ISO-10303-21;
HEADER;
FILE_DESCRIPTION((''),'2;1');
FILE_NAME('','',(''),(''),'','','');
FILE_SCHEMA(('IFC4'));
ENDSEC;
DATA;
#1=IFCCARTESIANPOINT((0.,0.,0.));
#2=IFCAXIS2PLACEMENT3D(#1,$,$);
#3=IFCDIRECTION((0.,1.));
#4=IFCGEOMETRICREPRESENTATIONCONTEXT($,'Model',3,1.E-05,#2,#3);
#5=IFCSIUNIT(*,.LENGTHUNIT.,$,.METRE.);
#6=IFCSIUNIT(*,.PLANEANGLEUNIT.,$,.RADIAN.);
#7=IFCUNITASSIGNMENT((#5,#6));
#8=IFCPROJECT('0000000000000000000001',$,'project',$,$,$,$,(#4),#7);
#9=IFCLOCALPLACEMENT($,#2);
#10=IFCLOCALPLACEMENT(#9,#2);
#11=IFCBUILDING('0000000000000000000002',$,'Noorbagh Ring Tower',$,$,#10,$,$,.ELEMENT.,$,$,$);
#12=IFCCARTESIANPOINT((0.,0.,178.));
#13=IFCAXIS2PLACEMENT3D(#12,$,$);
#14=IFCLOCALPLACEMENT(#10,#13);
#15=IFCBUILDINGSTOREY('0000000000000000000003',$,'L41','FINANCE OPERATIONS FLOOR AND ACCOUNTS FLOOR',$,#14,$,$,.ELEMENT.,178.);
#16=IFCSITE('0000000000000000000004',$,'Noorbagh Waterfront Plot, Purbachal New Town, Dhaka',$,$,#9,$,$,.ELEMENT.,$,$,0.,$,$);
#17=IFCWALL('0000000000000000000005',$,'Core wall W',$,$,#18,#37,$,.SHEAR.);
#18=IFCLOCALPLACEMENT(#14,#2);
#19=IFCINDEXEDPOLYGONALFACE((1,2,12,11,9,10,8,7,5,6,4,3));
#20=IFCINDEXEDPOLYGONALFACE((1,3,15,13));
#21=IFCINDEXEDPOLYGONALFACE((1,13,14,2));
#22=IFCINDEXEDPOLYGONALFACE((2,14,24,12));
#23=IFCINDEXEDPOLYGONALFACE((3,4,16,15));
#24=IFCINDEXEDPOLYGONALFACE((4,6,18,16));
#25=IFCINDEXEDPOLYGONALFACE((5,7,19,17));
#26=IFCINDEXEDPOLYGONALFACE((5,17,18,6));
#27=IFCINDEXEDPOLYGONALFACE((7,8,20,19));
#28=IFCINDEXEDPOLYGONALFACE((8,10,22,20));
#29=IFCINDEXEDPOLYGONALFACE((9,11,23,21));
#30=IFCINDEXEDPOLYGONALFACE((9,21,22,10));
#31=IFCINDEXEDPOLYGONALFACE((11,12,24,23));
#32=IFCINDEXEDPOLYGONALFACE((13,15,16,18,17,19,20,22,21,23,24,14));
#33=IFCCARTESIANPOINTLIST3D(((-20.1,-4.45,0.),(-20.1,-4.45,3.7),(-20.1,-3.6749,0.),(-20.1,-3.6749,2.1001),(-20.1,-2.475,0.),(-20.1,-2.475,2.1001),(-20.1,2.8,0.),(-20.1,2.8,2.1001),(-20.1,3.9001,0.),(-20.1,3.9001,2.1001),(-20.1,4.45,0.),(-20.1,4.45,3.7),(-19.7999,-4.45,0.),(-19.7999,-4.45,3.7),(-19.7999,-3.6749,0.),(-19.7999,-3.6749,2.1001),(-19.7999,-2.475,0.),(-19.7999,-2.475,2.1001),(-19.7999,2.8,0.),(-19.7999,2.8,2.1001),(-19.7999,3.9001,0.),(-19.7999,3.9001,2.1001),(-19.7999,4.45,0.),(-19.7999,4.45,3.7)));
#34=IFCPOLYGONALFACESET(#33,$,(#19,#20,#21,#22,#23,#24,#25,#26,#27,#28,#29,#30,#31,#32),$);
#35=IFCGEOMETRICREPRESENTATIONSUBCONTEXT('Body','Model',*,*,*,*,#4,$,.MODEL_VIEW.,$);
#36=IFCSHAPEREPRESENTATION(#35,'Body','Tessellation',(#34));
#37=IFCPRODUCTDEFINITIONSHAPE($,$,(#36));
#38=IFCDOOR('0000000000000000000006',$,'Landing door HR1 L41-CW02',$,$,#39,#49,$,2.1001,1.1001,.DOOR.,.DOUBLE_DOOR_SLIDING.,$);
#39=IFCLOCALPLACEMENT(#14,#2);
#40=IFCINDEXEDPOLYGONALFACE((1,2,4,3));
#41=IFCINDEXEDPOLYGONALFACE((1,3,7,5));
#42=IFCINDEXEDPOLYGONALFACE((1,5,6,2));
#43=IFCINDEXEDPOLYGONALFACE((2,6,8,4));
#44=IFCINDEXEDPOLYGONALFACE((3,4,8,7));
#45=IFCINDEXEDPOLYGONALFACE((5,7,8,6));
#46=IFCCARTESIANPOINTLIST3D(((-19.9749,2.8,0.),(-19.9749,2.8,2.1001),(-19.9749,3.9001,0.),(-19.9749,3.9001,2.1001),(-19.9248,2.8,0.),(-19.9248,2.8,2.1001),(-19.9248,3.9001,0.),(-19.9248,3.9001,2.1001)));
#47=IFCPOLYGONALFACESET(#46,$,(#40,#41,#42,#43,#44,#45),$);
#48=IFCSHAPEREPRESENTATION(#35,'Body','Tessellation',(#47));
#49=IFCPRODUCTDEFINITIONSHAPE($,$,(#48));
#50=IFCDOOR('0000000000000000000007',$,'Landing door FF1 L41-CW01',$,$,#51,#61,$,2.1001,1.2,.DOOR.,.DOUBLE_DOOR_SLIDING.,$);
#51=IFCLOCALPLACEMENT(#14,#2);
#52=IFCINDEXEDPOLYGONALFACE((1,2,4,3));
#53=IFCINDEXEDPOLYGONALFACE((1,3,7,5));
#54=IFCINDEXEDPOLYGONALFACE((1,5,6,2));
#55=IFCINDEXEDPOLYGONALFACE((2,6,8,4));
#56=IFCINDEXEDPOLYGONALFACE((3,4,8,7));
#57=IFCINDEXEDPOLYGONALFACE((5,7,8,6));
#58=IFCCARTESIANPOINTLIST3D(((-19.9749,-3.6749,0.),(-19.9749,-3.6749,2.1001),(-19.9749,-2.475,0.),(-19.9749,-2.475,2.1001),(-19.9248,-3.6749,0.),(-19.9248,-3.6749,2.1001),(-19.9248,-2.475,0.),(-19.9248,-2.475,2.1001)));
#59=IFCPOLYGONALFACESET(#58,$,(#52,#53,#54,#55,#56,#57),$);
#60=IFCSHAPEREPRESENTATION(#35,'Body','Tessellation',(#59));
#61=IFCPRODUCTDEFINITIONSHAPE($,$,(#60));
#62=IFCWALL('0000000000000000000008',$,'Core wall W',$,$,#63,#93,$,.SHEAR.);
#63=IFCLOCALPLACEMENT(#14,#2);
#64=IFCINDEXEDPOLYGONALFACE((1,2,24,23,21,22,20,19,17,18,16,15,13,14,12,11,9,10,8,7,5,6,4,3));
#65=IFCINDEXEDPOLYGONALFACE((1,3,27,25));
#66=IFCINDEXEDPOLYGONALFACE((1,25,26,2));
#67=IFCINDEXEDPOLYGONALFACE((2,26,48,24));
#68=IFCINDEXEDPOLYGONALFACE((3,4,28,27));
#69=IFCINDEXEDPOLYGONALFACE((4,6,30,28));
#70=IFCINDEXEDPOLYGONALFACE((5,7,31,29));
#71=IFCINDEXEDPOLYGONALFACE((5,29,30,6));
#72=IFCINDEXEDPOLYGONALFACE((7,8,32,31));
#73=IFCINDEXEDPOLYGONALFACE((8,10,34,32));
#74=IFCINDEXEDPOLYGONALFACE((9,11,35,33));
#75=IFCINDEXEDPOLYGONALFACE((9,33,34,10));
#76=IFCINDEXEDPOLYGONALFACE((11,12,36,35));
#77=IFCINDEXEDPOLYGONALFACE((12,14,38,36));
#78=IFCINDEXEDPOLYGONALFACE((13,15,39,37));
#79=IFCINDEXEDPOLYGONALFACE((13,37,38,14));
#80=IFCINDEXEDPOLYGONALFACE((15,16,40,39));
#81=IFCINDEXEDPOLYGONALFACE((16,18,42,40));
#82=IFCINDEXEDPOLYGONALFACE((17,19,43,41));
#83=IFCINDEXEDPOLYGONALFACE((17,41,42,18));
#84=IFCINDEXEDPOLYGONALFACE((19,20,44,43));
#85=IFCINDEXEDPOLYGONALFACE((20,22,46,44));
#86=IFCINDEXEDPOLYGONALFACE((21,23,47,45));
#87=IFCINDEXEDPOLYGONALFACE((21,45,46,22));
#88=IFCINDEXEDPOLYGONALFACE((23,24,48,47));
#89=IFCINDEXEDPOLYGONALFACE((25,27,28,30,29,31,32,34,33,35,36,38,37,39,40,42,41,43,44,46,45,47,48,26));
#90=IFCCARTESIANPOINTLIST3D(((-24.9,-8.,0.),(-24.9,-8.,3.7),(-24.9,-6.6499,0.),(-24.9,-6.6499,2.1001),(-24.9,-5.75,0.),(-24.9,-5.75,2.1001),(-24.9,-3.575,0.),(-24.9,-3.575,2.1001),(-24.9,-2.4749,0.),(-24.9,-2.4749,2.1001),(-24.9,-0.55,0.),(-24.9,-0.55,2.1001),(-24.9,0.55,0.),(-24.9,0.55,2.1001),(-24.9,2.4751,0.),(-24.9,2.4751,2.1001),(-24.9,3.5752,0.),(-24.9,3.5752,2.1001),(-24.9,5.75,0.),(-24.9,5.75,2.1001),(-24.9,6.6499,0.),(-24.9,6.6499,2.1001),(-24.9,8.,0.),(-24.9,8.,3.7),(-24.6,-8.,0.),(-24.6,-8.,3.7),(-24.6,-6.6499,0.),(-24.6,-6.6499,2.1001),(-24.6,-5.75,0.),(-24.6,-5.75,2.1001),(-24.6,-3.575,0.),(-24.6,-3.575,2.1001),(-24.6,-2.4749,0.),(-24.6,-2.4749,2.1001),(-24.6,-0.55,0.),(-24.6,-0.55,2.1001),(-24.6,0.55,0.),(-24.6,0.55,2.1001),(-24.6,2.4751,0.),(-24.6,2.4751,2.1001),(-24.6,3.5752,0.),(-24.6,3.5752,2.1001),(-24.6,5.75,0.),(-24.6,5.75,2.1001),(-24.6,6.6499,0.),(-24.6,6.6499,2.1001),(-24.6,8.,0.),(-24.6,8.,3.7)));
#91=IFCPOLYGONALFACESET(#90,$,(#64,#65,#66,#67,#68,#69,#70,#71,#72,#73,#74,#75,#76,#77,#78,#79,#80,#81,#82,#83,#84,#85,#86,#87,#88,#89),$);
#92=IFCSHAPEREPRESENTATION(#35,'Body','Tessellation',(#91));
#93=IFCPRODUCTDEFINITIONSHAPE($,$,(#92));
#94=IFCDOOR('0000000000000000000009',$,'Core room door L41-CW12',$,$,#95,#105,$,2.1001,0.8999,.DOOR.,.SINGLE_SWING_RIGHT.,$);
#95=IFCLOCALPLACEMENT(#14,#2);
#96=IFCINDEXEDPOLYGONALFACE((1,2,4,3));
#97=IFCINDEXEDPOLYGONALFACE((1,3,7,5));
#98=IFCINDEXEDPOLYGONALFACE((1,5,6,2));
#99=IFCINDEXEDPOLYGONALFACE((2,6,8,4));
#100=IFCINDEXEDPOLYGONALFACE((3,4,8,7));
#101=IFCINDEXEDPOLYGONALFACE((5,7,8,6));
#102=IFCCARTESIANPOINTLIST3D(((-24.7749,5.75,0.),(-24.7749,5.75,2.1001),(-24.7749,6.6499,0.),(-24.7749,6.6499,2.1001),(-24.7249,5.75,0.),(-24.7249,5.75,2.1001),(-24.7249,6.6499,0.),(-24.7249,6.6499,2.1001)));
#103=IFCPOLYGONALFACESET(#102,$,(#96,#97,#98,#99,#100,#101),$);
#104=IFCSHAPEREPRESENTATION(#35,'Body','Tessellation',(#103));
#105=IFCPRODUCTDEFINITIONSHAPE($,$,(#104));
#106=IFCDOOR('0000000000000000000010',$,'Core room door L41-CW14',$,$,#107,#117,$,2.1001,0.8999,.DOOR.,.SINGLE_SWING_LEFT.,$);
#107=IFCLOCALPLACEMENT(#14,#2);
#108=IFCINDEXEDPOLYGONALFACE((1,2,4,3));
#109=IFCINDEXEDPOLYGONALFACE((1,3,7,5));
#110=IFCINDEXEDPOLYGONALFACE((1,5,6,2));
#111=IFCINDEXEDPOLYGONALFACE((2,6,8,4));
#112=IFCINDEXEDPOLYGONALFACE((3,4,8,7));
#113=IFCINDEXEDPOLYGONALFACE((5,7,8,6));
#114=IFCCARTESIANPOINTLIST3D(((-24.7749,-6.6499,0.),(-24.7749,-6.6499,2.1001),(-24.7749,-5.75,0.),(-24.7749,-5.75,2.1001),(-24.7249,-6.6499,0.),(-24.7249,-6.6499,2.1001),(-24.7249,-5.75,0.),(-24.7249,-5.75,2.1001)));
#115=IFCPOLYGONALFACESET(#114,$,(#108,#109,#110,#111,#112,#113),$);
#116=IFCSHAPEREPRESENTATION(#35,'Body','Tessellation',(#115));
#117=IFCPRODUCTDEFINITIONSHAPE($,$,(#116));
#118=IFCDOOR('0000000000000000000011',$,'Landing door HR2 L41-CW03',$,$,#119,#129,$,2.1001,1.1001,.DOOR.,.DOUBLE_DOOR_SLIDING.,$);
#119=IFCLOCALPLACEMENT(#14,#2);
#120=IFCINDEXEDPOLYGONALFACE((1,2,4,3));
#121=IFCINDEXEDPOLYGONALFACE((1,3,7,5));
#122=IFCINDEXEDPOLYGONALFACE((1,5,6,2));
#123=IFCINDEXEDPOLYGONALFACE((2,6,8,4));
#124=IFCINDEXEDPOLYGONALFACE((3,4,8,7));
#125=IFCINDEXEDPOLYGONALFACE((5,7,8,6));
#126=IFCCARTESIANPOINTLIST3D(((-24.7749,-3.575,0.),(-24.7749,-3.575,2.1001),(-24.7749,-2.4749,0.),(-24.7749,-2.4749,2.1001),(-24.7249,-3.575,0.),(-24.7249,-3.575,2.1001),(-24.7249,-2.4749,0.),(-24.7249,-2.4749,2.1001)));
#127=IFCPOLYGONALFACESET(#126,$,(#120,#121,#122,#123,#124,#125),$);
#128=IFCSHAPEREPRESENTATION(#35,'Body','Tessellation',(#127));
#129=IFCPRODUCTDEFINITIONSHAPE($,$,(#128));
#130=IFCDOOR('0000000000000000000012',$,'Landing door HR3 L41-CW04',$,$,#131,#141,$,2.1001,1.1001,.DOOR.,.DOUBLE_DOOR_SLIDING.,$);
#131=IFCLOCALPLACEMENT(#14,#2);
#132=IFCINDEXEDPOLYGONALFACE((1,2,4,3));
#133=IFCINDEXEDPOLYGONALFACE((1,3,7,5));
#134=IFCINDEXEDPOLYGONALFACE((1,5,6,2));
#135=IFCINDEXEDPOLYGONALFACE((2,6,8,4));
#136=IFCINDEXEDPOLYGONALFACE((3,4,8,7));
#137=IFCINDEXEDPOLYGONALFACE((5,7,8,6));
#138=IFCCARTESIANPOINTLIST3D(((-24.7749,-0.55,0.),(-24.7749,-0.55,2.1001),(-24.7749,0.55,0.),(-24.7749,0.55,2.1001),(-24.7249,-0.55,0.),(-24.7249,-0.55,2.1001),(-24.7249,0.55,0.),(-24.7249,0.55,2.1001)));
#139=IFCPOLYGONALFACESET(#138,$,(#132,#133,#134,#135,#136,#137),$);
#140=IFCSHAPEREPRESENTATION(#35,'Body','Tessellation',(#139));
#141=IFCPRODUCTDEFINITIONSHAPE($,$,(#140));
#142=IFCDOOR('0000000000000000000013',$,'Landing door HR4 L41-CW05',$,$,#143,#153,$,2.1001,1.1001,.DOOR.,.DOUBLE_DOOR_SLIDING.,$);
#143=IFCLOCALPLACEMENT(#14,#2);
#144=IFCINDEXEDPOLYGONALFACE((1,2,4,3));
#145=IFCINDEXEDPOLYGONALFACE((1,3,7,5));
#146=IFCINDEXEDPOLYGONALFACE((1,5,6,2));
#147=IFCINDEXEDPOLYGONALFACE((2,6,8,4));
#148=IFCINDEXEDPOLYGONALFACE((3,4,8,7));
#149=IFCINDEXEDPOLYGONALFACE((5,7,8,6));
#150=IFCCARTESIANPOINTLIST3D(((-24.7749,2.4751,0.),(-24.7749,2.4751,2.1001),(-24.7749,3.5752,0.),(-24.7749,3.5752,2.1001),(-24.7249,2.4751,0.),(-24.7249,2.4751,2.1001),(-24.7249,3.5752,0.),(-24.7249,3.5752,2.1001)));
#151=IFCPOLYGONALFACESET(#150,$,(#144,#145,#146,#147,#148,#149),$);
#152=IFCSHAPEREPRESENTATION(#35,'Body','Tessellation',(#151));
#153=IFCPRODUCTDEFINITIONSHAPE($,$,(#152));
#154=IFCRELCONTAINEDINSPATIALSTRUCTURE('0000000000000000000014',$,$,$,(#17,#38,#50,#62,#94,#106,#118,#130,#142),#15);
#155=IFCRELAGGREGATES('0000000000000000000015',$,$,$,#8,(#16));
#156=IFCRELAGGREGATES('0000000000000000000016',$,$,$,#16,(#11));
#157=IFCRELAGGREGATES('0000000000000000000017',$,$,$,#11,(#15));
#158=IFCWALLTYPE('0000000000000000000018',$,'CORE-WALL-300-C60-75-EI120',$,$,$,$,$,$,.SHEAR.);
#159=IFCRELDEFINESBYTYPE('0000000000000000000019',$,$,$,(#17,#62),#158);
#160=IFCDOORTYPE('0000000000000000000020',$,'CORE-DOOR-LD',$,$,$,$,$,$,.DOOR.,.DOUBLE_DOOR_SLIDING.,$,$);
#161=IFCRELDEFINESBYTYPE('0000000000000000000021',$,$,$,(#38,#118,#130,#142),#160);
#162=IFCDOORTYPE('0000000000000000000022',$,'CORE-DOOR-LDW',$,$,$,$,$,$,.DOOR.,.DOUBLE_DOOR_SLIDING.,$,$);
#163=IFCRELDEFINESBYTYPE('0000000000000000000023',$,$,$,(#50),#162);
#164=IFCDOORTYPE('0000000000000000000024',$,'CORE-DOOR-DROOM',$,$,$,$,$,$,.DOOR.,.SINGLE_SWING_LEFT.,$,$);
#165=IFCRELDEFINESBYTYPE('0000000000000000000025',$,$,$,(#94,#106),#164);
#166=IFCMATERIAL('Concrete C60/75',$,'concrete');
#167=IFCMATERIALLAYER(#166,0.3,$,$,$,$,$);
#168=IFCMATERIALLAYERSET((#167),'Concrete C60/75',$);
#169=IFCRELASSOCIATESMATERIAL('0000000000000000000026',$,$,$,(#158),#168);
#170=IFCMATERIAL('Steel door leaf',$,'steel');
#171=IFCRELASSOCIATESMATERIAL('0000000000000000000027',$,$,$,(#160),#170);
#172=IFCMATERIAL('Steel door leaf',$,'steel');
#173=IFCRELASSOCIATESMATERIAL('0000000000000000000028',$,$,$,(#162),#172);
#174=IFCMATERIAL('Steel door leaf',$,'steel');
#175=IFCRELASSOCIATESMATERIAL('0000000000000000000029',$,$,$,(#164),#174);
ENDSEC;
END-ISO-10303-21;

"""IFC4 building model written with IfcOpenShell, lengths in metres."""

from ifc_helpers import new_model, si_unit, direction, frame, frame_2d, origin, place, context, subcontext, project, spatial, rectangle, extrude, material, layer, layer_set, type_object, element, fill, save


model = new_model("IFC4")

# Units and contexts
model_context = context("Model", 3, precision=1e-05, world=origin(), true_north=direction((0.0, 1.0)))
body_context = subcontext(model_context, "Body", "Model", "MODEL_VIEW")
ifc_project = project(units=[si_unit("LENGTHUNIT", "METRE"), si_unit("PLANEANGLEUNIT", "RADIAN")], contexts=[model_context])

# Site, building, storey
site_placement = place(None, origin())
site = spatial("IfcSite", under=ifc_project, at=site_placement, Name="Noorbagh Waterfront Plot, Purbachal New Town, Dhaka", CompositionType="ELEMENT", RefElevation=0.0)
building_placement = place(site_placement, origin())
building = spatial("IfcBuilding", under=site, at=building_placement, Name="Noorbagh Ring Tower", CompositionType="ELEMENT")
storey_placement = place(building_placement, frame((0.0, 0.0, 178.0)))
storey = spatial("IfcBuildingStorey", under=building, at=storey_placement, Name="L41", Description="FINANCE OPERATIONS FLOOR AND ACCOUNTS FLOOR", CompositionType="ELEMENT", Elevation=178.0)

# Shared definitions
ifc_material_1 = material(Name="Concrete C60/75", Category="concrete")
ifc_layer_1 = layer(ifc_material_1, 0.3)
ifc_layer_set_1 = layer_set([ifc_layer_1], Name="Concrete C60/75")
wall_type_1 = type_object("IfcWallType", Name="CORE-WALL-300-C60-75-EI120", PredefinedType="SHEAR", material=ifc_layer_set_1)

# Walls, openings, doors
wall_1_placement = place(storey_placement, frame((-19.95, -4.45, 0.0), z_axis=(0.0, 0.0, 1.0), x_axis=(0.0, 1.0, 0.0)))
wall_1 = element("IfcWall", 1, at=wall_1_placement, inside=storey, type_object=wall_type_1, Name="Core wall W", PredefinedType="SHEAR", context=body_context, shape_type="SweptSolid", body=[
    extrude(rectangle(XDim=8.8999, YDim=0.3, at=frame_2d((4.45, 0.0))), origin(), (0.0, 0.0, 1.0), 3.7),
])
opening_1_placement = place(wall_1_placement, frame((0.7749, 0.0, 0.0)))
opening_1 = element("IfcOpeningElement", 2, at=opening_1_placement, cuts=wall_1, PredefinedType="OPENING", context=body_context, shape_type="SweptSolid", body=[
    extrude(rectangle(XDim=1.2, YDim=2.1001, at=frame_2d((0.6001, 1.05))), frame((0.0, 0.1602, 0.0), z_axis=(0.0, -1.0, 0.0), x_axis=(1.0, 0.0, 0.0)), (0.0, 0.0, 1.0), 0.3201),
])
opening_2_placement = place(wall_1_placement, frame((7.25, 0.0, 0.0)))
opening_2 = element("IfcOpeningElement", 3, at=opening_2_placement, cuts=wall_1, PredefinedType="OPENING", context=body_context, shape_type="SweptSolid", body=[
    extrude(rectangle(XDim=1.1001, YDim=2.1001, at=frame_2d((0.55, 1.05))), frame((0.0, 0.1602, 0.0), z_axis=(0.0, -1.0, 0.0), x_axis=(1.0, 0.0, 0.0)), (0.0, 0.0, 1.0), 0.3201),
])
ifc_material_2 = material(Name="Steel door leaf", Category="steel")
door_type_1 = type_object("IfcDoorType", Name="CORE-DOOR-LD", OperationType="DOUBLE_DOOR_SLIDING", PredefinedType="DOOR", material=ifc_material_2)
door_1_placement = place(opening_2_placement, origin())
door_1 = element("IfcDoor", 4, at=door_1_placement, inside=storey, type_object=door_type_1, Name="Landing door HR1 L41-CW02", OperationType="DOUBLE_DOOR_SLIDING", OverallHeight=2.1001, OverallWidth=1.1001, PredefinedType="DOOR", context=body_context, shape_type="SweptSolid", body=[
    extrude(rectangle(XDim=1.1001, YDim=2.1001, at=frame_2d((0.55, 1.05))), frame((0.0, 0.0249, 0.0), z_axis=(0.0, -1.0, 0.0), x_axis=(1.0, 0.0, 0.0)), (0.0, 0.0, 1.0), 0.05),
])
fill(opening_2, door_1)
ifc_material_3 = material(Name="Steel door leaf", Category="steel")
door_type_2 = type_object("IfcDoorType", Name="CORE-DOOR-LDW", OperationType="DOUBLE_DOOR_SLIDING", PredefinedType="DOOR", material=ifc_material_3)
door_2_placement = place(opening_1_placement, origin())
door_2 = element("IfcDoor", 5, at=door_2_placement, inside=storey, type_object=door_type_2, Name="Landing door FF1 L41-CW01", OperationType="DOUBLE_DOOR_SLIDING", OverallHeight=2.1001, OverallWidth=1.2, PredefinedType="DOOR", context=body_context, shape_type="SweptSolid", body=[
    extrude(rectangle(XDim=1.2, YDim=2.1001, at=frame_2d((0.6001, 1.05))), frame((0.0, 0.0249, 0.0), z_axis=(0.0, -1.0, 0.0), x_axis=(1.0, 0.0, 0.0)), (0.0, 0.0, 1.0), 0.05),
])
fill(opening_1, door_2)
wall_2_placement = place(storey_placement, frame((-24.75, -8.0, 0.0), z_axis=(0.0, 0.0, 1.0), x_axis=(0.0, 1.0, 0.0)))
wall_2 = element("IfcWall", 6, at=wall_2_placement, inside=storey, type_object=wall_type_1, Name="Core wall W", PredefinedType="SHEAR", context=body_context, shape_type="SweptSolid", body=[
    extrude(rectangle(XDim=16.0, YDim=0.3, at=frame_2d((8.0, 0.0))), origin(), (0.0, 0.0, 1.0), 3.7),
])
opening_3_placement = place(wall_2_placement, frame((4.425, 0.0, 0.0)))
opening_3 = element("IfcOpeningElement", 7, at=opening_3_placement, cuts=wall_2, PredefinedType="OPENING", context=body_context, shape_type="SweptSolid", body=[
    extrude(rectangle(XDim=1.1001, YDim=2.1001, at=frame_2d((0.55, 1.05))), frame((0.0, 0.1602, 0.0), z_axis=(0.0, -1.0, 0.0), x_axis=(1.0, 0.0, 0.0)), (0.0, 0.0, 1.0), 0.3201),
])
opening_4_placement = place(wall_2_placement, frame((7.45, 0.0, 0.0)))
opening_4 = element("IfcOpeningElement", 8, at=opening_4_placement, cuts=wall_2, PredefinedType="OPENING", context=body_context, shape_type="SweptSolid", body=[
    extrude(rectangle(XDim=1.1001, YDim=2.1001, at=frame_2d((0.55, 1.05))), frame((0.0, 0.1602, 0.0), z_axis=(0.0, -1.0, 0.0), x_axis=(1.0, 0.0, 0.0)), (0.0, 0.0, 1.0), 0.3201),
])
opening_5_placement = place(wall_2_placement, frame((10.4751, 0.0, 0.0)))
opening_5 = element("IfcOpeningElement", 9, at=opening_5_placement, cuts=wall_2, PredefinedType="OPENING", context=body_context, shape_type="SweptSolid", body=[
    extrude(rectangle(XDim=1.1001, YDim=2.1001, at=frame_2d((0.55, 1.05))), frame((0.0, 0.1602, 0.0), z_axis=(0.0, -1.0, 0.0), x_axis=(1.0, 0.0, 0.0)), (0.0, 0.0, 1.0), 0.3201),
])
opening_6_placement = place(wall_2_placement, frame((13.75, 0.0, 0.0)))
opening_6 = element("IfcOpeningElement", 10, at=opening_6_placement, cuts=wall_2, PredefinedType="OPENING", context=body_context, shape_type="SweptSolid", body=[
    extrude(rectangle(XDim=0.8999, YDim=2.1001, at=frame_2d((0.45, 1.05))), frame((0.0, 0.1602, 0.0), z_axis=(0.0, -1.0, 0.0), x_axis=(1.0, 0.0, 0.0)), (0.0, 0.0, 1.0), 0.3201),
])
opening_7_placement = place(wall_2_placement, frame((1.3501, 0.0, 0.0)))
opening_7 = element("IfcOpeningElement", 11, at=opening_7_placement, cuts=wall_2, PredefinedType="OPENING", context=body_context, shape_type="SweptSolid", body=[
    extrude(rectangle(XDim=0.8999, YDim=2.1001, at=frame_2d((0.45, 1.05))), frame((0.0, 0.1602, 0.0), z_axis=(0.0, -1.0, 0.0), x_axis=(1.0, 0.0, 0.0)), (0.0, 0.0, 1.0), 0.3201),
])
ifc_material_4 = material(Name="Steel door leaf", Category="steel")
door_type_3 = type_object("IfcDoorType", Name="CORE-DOOR-DROOM", OperationType="SINGLE_SWING_LEFT", PredefinedType="DOOR", material=ifc_material_4)
door_3_placement = place(opening_6_placement, origin())
door_3 = element("IfcDoor", 12, at=door_3_placement, inside=storey, type_object=door_type_3, Name="Core room door L41-CW12", OperationType="SINGLE_SWING_RIGHT", OverallHeight=2.1001, OverallWidth=0.8999, PredefinedType="DOOR", context=body_context, shape_type="SweptSolid", body=[
    extrude(rectangle(XDim=0.8999, YDim=2.1001, at=frame_2d((0.45, 1.05))), frame((0.0, 0.0249, 0.0), z_axis=(0.0, -1.0, 0.0), x_axis=(1.0, 0.0, 0.0)), (0.0, 0.0, 1.0), 0.05),
])
fill(opening_6, door_3)
door_4_placement = place(opening_7_placement, origin())
door_4 = element("IfcDoor", 13, at=door_4_placement, inside=storey, type_object=door_type_3, Name="Core room door L41-CW14", OperationType="SINGLE_SWING_LEFT", OverallHeight=2.1001, OverallWidth=0.8999, PredefinedType="DOOR", context=body_context, shape_type="SweptSolid", body=[
    extrude(rectangle(XDim=0.8999, YDim=2.1001, at=frame_2d((0.45, 1.05))), frame((0.0, 0.0249, 0.0), z_axis=(0.0, -1.0, 0.0), x_axis=(1.0, 0.0, 0.0)), (0.0, 0.0, 1.0), 0.05),
])
fill(opening_7, door_4)
door_5_placement = place(opening_3_placement, origin())
door_5 = element("IfcDoor", 14, at=door_5_placement, inside=storey, type_object=door_type_1, Name="Landing door HR2 L41-CW03", OperationType="DOUBLE_DOOR_SLIDING", OverallHeight=2.1001, OverallWidth=1.1001, PredefinedType="DOOR", context=body_context, shape_type="SweptSolid", body=[
    extrude(rectangle(XDim=1.1001, YDim=2.1001, at=frame_2d((0.55, 1.05))), frame((0.0, 0.0249, 0.0), z_axis=(0.0, -1.0, 0.0), x_axis=(1.0, 0.0, 0.0)), (0.0, 0.0, 1.0), 0.05),
])
fill(opening_3, door_5)
door_6_placement = place(opening_4_placement, origin())
door_6 = element("IfcDoor", 15, at=door_6_placement, inside=storey, type_object=door_type_1, Name="Landing door HR3 L41-CW04", OperationType="DOUBLE_DOOR_SLIDING", OverallHeight=2.1001, OverallWidth=1.1001, PredefinedType="DOOR", context=body_context, shape_type="SweptSolid", body=[
    extrude(rectangle(XDim=1.1001, YDim=2.1001, at=frame_2d((0.55, 1.05))), frame((0.0, 0.0249, 0.0), z_axis=(0.0, -1.0, 0.0), x_axis=(1.0, 0.0, 0.0)), (0.0, 0.0, 1.0), 0.05),
])
fill(opening_4, door_6)
door_7_placement = place(opening_5_placement, origin())
door_7 = element("IfcDoor", 16, at=door_7_placement, inside=storey, type_object=door_type_1, Name="Landing door HR4 L41-CW05", OperationType="DOUBLE_DOOR_SLIDING", OverallHeight=2.1001, OverallWidth=1.1001, PredefinedType="DOOR", context=body_context, shape_type="SweptSolid", body=[
    extrude(rectangle(XDim=1.1001, YDim=2.1001, at=frame_2d((0.55, 1.05))), frame((0.0, 0.0249, 0.0), z_axis=(0.0, -1.0, 0.0), x_axis=(1.0, 0.0, 0.0)), (0.0, 0.0, 1.0), 0.05),
])
fill(opening_5, door_7)

save(model, "model.ifc")
